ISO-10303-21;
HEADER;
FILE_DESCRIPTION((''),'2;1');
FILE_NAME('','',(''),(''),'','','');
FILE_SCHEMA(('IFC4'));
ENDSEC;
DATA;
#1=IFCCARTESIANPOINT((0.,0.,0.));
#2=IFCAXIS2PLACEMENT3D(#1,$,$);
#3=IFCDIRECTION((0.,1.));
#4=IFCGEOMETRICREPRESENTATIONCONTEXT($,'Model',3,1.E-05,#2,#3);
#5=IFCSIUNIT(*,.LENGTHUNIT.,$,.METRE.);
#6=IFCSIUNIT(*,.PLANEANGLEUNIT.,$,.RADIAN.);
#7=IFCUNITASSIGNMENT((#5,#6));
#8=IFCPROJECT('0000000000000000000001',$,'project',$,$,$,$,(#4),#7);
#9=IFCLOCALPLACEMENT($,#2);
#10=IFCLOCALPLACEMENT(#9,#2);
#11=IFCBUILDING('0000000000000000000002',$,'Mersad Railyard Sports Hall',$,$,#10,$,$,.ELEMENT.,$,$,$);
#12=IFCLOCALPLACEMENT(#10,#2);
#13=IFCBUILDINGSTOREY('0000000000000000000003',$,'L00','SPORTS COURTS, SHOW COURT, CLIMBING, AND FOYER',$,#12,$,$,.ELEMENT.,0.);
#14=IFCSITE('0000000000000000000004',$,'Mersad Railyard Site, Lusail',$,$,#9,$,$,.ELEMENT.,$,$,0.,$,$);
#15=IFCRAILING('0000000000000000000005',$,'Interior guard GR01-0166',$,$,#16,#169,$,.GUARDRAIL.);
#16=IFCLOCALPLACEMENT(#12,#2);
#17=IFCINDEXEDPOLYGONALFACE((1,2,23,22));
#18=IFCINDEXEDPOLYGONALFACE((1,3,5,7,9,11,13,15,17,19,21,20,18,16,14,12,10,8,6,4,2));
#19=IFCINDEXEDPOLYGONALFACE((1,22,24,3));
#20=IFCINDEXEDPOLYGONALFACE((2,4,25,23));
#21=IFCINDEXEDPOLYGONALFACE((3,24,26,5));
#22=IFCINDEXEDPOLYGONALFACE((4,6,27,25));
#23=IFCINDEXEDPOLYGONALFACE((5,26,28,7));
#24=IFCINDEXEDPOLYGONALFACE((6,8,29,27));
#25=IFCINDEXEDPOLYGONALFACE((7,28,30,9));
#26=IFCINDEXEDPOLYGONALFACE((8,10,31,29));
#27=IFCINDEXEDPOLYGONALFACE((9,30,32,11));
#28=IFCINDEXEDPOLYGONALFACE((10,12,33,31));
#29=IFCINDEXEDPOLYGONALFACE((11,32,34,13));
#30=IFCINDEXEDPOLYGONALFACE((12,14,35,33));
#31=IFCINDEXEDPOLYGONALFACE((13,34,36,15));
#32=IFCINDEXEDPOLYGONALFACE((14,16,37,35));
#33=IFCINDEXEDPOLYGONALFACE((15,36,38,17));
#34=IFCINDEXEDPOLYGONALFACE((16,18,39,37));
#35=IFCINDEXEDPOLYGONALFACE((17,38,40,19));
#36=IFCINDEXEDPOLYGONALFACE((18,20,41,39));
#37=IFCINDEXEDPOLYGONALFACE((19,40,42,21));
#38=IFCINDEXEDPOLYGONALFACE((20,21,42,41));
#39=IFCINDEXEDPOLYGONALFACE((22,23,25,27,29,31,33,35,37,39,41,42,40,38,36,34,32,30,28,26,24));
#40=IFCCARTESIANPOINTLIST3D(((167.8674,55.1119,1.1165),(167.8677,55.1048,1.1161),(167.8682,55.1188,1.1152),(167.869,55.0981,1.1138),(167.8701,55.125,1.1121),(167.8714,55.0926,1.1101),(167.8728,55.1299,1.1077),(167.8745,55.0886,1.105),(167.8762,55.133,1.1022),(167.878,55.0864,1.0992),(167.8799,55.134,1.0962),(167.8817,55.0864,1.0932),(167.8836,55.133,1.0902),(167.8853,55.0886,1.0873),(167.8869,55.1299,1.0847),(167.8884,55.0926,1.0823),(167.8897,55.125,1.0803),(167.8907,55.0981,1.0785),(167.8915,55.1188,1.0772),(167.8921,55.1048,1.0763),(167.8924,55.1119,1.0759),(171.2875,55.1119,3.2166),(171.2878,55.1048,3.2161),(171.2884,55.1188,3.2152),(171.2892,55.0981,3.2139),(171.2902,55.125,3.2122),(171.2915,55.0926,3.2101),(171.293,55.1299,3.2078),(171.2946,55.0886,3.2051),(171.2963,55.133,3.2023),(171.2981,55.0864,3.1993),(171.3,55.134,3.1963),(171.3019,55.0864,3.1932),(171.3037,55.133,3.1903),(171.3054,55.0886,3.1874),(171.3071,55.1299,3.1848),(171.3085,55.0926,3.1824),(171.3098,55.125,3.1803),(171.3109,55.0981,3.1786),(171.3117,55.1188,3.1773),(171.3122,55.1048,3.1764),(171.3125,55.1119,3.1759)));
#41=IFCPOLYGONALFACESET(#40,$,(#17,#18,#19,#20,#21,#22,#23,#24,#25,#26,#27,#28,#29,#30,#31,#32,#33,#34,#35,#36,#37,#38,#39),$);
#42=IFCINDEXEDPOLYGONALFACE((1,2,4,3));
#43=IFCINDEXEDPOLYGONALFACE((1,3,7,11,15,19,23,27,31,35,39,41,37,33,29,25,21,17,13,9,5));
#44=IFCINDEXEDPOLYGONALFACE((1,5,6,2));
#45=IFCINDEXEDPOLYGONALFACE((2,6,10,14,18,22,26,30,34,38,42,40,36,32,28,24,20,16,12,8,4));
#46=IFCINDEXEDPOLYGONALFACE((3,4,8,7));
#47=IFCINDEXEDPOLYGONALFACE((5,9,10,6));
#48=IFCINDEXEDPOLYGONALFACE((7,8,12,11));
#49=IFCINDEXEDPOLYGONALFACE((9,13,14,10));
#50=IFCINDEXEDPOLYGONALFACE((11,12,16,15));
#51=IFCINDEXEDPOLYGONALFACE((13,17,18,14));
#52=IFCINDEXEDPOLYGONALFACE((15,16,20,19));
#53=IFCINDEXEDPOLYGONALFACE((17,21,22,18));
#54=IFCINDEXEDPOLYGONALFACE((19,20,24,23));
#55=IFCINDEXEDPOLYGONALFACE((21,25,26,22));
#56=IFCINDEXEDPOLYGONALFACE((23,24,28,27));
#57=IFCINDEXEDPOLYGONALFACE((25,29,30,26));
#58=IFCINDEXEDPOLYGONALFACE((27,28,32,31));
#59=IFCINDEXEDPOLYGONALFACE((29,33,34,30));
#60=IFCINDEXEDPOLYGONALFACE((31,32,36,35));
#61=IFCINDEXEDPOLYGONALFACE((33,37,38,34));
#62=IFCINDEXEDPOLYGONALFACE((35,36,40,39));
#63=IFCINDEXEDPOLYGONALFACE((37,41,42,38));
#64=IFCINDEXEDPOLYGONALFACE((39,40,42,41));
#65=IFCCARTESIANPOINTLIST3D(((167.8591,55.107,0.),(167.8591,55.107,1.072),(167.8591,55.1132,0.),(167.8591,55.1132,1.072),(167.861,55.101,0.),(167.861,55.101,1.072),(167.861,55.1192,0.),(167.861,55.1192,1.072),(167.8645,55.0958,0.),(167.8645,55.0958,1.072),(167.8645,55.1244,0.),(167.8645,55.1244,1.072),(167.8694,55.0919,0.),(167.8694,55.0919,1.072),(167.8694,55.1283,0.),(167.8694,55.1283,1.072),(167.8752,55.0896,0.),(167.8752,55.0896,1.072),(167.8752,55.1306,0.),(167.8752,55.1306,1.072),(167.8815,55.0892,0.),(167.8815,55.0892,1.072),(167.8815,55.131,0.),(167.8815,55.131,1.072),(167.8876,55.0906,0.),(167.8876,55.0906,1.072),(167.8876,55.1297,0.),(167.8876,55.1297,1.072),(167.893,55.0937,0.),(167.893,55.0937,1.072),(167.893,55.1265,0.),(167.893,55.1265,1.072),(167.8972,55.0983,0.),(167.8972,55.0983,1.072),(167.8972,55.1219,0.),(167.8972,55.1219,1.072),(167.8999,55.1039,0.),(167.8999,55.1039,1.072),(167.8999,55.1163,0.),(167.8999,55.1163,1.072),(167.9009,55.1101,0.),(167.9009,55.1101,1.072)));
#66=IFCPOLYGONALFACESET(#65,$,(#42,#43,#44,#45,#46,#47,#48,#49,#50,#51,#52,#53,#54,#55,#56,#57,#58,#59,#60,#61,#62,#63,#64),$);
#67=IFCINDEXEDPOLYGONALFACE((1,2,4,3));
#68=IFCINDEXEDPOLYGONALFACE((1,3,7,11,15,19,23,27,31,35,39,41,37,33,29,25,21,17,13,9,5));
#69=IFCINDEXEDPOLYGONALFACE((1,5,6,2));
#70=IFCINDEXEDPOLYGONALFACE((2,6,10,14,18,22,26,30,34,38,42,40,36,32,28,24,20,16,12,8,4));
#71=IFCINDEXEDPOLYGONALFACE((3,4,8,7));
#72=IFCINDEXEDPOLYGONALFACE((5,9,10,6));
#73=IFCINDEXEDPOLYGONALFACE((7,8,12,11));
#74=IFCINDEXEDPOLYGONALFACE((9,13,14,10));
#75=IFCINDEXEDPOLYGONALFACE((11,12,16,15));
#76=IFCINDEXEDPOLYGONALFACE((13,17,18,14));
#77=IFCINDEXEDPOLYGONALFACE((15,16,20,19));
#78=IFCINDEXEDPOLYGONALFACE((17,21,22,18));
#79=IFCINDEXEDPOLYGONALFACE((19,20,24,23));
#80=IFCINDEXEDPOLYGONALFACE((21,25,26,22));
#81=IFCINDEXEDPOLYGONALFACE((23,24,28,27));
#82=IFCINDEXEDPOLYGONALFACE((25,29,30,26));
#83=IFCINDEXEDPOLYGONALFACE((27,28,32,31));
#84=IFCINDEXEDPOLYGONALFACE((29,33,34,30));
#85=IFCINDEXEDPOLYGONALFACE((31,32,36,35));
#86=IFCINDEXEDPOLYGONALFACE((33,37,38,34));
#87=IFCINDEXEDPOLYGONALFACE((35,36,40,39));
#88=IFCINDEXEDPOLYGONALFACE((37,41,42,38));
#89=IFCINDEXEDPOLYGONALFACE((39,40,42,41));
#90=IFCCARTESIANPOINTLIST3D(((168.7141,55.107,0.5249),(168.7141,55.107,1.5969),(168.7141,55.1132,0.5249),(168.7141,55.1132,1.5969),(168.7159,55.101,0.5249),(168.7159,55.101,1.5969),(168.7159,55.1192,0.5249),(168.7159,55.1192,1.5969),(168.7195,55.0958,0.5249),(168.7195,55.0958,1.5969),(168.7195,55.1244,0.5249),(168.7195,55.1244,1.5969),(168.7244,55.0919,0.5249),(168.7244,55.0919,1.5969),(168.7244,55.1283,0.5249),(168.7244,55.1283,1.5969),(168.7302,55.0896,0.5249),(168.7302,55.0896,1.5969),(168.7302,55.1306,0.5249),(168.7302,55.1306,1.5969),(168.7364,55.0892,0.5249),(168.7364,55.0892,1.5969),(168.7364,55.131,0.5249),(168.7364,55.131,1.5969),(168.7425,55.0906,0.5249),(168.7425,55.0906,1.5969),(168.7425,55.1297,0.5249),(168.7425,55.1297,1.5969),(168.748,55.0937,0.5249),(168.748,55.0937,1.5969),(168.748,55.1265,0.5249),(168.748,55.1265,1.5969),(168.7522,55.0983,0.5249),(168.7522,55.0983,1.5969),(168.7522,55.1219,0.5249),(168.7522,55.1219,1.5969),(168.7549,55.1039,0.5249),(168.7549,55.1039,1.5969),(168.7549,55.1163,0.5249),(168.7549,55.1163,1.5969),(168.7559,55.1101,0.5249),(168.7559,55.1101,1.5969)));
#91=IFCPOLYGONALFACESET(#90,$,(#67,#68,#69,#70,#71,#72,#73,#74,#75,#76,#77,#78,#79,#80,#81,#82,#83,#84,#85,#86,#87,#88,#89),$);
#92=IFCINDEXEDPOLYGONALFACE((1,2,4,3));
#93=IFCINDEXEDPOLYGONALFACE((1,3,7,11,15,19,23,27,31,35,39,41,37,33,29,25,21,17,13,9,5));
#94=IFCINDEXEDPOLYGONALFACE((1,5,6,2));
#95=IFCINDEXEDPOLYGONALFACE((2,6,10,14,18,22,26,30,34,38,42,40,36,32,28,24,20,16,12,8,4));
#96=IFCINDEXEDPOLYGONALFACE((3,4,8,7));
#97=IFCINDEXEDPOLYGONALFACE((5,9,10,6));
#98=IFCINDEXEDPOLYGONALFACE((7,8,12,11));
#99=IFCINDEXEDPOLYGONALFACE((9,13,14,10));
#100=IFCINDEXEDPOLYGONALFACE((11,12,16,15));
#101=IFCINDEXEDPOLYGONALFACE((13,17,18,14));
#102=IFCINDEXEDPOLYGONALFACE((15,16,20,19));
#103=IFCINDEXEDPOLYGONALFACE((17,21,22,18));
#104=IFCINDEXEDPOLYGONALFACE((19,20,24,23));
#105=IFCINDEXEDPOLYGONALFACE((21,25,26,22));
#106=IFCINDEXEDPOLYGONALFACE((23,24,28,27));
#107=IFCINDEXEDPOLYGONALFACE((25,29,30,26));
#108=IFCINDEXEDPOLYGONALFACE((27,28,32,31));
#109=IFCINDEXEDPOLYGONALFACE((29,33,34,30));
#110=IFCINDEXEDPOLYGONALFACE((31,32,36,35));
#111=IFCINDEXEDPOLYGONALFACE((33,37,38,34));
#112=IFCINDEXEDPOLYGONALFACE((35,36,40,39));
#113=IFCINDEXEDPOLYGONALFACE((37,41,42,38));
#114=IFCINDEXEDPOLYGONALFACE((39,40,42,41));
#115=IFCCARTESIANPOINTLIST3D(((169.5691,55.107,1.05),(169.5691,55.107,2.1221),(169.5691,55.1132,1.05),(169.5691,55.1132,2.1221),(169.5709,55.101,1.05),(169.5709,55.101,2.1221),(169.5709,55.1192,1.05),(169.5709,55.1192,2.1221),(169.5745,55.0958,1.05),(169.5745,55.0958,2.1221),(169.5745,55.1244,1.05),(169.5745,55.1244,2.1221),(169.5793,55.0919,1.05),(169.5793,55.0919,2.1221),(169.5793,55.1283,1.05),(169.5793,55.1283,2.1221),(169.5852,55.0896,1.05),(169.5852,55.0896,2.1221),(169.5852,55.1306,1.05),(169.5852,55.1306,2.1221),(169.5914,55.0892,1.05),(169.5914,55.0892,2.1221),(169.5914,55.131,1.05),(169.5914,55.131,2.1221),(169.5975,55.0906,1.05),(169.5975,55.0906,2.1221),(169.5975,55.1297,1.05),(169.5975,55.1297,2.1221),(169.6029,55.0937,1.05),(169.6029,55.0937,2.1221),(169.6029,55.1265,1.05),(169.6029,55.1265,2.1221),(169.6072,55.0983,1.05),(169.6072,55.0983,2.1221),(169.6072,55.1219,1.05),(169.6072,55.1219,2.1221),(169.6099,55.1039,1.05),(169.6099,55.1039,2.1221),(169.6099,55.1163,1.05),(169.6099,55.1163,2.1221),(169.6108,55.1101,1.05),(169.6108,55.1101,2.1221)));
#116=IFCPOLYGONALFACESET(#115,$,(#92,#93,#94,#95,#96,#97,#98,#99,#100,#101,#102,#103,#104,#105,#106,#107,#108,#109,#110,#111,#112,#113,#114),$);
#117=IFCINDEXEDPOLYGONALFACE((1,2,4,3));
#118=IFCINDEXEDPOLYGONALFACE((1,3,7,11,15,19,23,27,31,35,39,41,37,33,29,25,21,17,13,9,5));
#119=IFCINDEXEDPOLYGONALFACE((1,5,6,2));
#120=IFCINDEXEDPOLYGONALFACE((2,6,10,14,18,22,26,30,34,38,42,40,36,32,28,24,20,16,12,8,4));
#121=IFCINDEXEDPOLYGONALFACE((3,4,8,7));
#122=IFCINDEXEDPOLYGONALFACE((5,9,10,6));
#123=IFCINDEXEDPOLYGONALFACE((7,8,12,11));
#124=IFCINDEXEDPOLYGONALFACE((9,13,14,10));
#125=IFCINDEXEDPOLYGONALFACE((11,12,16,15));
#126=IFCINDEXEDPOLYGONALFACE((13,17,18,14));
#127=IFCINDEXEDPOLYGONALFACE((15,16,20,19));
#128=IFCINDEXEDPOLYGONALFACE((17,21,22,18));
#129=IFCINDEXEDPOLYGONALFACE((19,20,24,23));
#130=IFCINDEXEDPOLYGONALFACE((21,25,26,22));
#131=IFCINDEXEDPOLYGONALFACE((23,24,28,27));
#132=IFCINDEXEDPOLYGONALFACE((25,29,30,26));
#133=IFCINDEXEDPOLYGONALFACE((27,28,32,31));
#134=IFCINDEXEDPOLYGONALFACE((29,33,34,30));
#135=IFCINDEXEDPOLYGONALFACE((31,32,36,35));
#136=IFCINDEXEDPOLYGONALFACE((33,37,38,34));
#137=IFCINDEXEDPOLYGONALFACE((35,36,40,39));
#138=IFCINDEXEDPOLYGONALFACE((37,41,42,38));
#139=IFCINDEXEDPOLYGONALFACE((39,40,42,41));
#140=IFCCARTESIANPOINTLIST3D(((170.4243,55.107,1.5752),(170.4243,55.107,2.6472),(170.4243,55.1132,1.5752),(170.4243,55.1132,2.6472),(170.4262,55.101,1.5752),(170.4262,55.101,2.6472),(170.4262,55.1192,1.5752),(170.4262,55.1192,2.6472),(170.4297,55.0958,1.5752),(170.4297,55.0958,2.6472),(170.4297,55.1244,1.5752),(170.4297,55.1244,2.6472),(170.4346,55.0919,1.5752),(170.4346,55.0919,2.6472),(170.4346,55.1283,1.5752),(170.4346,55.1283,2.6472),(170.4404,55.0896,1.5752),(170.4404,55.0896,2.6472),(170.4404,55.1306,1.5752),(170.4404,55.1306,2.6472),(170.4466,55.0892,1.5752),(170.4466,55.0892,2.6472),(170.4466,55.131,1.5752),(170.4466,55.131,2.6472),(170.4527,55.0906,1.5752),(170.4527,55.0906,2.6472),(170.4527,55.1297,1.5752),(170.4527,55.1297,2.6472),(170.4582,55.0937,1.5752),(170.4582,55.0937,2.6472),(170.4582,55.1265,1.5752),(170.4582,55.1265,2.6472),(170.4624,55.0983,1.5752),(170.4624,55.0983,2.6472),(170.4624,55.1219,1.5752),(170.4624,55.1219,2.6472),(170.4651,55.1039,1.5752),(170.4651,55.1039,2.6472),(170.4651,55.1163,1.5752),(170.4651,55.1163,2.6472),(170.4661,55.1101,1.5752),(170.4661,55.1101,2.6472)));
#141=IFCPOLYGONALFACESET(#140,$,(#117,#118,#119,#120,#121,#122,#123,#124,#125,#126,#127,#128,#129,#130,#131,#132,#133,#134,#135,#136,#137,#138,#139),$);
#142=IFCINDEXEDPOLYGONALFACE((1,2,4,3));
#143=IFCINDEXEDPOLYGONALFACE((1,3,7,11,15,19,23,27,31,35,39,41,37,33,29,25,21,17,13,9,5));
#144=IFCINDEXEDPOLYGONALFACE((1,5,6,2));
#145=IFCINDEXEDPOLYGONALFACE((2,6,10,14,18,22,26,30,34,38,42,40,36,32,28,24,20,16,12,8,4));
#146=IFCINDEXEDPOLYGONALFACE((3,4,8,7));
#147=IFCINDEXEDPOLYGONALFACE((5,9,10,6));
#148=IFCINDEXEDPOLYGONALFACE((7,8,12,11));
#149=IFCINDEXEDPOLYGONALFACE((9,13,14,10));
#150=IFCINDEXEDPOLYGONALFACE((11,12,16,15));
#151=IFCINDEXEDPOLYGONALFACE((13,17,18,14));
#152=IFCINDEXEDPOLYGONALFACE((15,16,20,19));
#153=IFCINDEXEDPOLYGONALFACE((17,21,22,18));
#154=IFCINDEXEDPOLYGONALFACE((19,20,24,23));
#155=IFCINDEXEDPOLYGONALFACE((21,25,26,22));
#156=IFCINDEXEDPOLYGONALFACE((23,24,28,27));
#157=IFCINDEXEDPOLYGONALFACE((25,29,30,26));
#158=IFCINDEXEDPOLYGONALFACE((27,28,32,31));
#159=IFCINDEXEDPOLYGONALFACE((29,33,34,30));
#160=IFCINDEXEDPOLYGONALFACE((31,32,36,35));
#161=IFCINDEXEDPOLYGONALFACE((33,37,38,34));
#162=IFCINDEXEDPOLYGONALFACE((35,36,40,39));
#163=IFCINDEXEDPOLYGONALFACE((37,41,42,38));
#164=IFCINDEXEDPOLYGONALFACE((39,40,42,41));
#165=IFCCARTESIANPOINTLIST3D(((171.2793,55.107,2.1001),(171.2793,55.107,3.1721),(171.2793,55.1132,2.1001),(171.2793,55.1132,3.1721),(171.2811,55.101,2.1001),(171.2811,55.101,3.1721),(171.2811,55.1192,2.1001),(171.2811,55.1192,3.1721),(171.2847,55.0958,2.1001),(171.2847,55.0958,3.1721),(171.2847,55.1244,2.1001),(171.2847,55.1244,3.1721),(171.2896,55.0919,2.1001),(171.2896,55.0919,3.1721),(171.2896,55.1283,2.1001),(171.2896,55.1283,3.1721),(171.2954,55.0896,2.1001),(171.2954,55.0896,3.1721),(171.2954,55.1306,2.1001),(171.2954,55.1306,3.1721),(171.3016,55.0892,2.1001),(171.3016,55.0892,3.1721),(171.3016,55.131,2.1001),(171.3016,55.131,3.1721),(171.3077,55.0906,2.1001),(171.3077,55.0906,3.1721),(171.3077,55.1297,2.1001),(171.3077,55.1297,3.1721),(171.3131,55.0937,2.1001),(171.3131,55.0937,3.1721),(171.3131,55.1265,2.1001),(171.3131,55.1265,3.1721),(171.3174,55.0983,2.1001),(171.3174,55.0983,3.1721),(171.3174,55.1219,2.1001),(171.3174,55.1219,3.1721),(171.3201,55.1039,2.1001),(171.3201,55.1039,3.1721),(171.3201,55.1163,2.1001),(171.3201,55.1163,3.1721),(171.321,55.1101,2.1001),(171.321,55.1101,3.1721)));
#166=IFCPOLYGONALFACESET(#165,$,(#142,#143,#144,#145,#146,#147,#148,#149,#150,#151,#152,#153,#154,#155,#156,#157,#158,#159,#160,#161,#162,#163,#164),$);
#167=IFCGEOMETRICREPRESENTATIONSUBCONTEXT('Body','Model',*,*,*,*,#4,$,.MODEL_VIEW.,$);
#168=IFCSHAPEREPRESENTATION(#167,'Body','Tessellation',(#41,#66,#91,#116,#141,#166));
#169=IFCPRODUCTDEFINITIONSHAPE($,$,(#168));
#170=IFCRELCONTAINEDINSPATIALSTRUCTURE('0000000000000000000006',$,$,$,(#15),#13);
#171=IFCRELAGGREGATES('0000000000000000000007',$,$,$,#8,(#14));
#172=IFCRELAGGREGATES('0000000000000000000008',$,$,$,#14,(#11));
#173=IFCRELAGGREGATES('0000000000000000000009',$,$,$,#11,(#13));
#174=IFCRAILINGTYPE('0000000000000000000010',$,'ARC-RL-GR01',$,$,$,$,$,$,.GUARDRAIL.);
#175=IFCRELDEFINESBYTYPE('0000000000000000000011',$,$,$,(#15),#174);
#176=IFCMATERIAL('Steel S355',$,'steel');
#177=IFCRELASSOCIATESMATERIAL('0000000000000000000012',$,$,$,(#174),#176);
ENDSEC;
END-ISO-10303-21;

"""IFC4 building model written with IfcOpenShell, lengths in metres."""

from ifc_helpers import new_model, si_unit, direction, frame, origin, origin_2d, place, context, subcontext, project, spatial, circle, extrude, material, type_object, element, save


model = new_model("IFC4")

# Units and contexts
model_context = context("Model", 3, precision=1e-05, world=origin(), true_north=direction((0.0, 1.0)))
body_context = subcontext(model_context, "Body", "Model", "MODEL_VIEW")
ifc_project = project(units=[si_unit("LENGTHUNIT", "METRE"), si_unit("PLANEANGLEUNIT", "RADIAN")], contexts=[model_context])

# Site, building, storey
site_placement = place(None, origin())
site = spatial("IfcSite", under=ifc_project, at=site_placement, Name="Mersad Railyard Site, Lusail", CompositionType="ELEMENT", RefElevation=0.0)
building_placement = place(site_placement, origin())
building = spatial("IfcBuilding", under=site, at=building_placement, Name="Mersad Railyard Sports Hall", CompositionType="ELEMENT")
storey_placement = place(building_placement, origin())
storey = spatial("IfcBuildingStorey", under=building, at=storey_placement, Name="L00", Description="SPORTS COURTS, SHOW COURT, CLIMBING, AND FOYER", CompositionType="ELEMENT", Elevation=0.0)

# Shared definitions
ifc_material_1 = material(Name="Steel S355", Category="steel")

# Railing
railing_type = type_object("IfcRailingType", Name="ARC-RL-GR01", PredefinedType="GUARDRAIL", material=ifc_material_1)
railing_1_placement = place(storey_placement, frame((167.8799, 55.1101, 0.0)))
element("IfcRailing", 1, at=railing_1_placement, inside=storey, type_object=railing_type, Name="Interior guard GR01-0166", PredefinedType="GUARDRAIL", context=body_context, shape_type="SweptSolid", body=[
    extrude(circle(Radius=0.0239, at=origin_2d()), frame((0.0, 0.0, 1.0962), z_axis=(0.852172, 0.0, 0.523262), x_axis=(0.0, 1.0, 0.0)), (0.0, 0.0, 1.0), 4.0134),
    extrude(circle(Radius=0.021, at=origin_2d()), origin(), (0.0, 0.0, 1.0), 1.072),
    extrude(circle(Radius=0.021, at=origin_2d()), frame((0.855, 0.0, 0.5249)), (0.0, 0.0, 1.0), 1.072),
    extrude(circle(Radius=0.021, at=origin_2d()), frame((1.71, 0.0, 1.05)), (0.0, 0.0, 1.0), 1.072),
    extrude(circle(Radius=0.021, at=origin_2d()), frame((2.5652, 0.0, 1.5752)), (0.0, 0.0, 1.0), 1.072),
    extrude(circle(Radius=0.021, at=origin_2d()), frame((3.4202, 0.0, 2.1001)), (0.0, 0.0, 1.0), 1.072),
])

save(model, "model.ifc")
